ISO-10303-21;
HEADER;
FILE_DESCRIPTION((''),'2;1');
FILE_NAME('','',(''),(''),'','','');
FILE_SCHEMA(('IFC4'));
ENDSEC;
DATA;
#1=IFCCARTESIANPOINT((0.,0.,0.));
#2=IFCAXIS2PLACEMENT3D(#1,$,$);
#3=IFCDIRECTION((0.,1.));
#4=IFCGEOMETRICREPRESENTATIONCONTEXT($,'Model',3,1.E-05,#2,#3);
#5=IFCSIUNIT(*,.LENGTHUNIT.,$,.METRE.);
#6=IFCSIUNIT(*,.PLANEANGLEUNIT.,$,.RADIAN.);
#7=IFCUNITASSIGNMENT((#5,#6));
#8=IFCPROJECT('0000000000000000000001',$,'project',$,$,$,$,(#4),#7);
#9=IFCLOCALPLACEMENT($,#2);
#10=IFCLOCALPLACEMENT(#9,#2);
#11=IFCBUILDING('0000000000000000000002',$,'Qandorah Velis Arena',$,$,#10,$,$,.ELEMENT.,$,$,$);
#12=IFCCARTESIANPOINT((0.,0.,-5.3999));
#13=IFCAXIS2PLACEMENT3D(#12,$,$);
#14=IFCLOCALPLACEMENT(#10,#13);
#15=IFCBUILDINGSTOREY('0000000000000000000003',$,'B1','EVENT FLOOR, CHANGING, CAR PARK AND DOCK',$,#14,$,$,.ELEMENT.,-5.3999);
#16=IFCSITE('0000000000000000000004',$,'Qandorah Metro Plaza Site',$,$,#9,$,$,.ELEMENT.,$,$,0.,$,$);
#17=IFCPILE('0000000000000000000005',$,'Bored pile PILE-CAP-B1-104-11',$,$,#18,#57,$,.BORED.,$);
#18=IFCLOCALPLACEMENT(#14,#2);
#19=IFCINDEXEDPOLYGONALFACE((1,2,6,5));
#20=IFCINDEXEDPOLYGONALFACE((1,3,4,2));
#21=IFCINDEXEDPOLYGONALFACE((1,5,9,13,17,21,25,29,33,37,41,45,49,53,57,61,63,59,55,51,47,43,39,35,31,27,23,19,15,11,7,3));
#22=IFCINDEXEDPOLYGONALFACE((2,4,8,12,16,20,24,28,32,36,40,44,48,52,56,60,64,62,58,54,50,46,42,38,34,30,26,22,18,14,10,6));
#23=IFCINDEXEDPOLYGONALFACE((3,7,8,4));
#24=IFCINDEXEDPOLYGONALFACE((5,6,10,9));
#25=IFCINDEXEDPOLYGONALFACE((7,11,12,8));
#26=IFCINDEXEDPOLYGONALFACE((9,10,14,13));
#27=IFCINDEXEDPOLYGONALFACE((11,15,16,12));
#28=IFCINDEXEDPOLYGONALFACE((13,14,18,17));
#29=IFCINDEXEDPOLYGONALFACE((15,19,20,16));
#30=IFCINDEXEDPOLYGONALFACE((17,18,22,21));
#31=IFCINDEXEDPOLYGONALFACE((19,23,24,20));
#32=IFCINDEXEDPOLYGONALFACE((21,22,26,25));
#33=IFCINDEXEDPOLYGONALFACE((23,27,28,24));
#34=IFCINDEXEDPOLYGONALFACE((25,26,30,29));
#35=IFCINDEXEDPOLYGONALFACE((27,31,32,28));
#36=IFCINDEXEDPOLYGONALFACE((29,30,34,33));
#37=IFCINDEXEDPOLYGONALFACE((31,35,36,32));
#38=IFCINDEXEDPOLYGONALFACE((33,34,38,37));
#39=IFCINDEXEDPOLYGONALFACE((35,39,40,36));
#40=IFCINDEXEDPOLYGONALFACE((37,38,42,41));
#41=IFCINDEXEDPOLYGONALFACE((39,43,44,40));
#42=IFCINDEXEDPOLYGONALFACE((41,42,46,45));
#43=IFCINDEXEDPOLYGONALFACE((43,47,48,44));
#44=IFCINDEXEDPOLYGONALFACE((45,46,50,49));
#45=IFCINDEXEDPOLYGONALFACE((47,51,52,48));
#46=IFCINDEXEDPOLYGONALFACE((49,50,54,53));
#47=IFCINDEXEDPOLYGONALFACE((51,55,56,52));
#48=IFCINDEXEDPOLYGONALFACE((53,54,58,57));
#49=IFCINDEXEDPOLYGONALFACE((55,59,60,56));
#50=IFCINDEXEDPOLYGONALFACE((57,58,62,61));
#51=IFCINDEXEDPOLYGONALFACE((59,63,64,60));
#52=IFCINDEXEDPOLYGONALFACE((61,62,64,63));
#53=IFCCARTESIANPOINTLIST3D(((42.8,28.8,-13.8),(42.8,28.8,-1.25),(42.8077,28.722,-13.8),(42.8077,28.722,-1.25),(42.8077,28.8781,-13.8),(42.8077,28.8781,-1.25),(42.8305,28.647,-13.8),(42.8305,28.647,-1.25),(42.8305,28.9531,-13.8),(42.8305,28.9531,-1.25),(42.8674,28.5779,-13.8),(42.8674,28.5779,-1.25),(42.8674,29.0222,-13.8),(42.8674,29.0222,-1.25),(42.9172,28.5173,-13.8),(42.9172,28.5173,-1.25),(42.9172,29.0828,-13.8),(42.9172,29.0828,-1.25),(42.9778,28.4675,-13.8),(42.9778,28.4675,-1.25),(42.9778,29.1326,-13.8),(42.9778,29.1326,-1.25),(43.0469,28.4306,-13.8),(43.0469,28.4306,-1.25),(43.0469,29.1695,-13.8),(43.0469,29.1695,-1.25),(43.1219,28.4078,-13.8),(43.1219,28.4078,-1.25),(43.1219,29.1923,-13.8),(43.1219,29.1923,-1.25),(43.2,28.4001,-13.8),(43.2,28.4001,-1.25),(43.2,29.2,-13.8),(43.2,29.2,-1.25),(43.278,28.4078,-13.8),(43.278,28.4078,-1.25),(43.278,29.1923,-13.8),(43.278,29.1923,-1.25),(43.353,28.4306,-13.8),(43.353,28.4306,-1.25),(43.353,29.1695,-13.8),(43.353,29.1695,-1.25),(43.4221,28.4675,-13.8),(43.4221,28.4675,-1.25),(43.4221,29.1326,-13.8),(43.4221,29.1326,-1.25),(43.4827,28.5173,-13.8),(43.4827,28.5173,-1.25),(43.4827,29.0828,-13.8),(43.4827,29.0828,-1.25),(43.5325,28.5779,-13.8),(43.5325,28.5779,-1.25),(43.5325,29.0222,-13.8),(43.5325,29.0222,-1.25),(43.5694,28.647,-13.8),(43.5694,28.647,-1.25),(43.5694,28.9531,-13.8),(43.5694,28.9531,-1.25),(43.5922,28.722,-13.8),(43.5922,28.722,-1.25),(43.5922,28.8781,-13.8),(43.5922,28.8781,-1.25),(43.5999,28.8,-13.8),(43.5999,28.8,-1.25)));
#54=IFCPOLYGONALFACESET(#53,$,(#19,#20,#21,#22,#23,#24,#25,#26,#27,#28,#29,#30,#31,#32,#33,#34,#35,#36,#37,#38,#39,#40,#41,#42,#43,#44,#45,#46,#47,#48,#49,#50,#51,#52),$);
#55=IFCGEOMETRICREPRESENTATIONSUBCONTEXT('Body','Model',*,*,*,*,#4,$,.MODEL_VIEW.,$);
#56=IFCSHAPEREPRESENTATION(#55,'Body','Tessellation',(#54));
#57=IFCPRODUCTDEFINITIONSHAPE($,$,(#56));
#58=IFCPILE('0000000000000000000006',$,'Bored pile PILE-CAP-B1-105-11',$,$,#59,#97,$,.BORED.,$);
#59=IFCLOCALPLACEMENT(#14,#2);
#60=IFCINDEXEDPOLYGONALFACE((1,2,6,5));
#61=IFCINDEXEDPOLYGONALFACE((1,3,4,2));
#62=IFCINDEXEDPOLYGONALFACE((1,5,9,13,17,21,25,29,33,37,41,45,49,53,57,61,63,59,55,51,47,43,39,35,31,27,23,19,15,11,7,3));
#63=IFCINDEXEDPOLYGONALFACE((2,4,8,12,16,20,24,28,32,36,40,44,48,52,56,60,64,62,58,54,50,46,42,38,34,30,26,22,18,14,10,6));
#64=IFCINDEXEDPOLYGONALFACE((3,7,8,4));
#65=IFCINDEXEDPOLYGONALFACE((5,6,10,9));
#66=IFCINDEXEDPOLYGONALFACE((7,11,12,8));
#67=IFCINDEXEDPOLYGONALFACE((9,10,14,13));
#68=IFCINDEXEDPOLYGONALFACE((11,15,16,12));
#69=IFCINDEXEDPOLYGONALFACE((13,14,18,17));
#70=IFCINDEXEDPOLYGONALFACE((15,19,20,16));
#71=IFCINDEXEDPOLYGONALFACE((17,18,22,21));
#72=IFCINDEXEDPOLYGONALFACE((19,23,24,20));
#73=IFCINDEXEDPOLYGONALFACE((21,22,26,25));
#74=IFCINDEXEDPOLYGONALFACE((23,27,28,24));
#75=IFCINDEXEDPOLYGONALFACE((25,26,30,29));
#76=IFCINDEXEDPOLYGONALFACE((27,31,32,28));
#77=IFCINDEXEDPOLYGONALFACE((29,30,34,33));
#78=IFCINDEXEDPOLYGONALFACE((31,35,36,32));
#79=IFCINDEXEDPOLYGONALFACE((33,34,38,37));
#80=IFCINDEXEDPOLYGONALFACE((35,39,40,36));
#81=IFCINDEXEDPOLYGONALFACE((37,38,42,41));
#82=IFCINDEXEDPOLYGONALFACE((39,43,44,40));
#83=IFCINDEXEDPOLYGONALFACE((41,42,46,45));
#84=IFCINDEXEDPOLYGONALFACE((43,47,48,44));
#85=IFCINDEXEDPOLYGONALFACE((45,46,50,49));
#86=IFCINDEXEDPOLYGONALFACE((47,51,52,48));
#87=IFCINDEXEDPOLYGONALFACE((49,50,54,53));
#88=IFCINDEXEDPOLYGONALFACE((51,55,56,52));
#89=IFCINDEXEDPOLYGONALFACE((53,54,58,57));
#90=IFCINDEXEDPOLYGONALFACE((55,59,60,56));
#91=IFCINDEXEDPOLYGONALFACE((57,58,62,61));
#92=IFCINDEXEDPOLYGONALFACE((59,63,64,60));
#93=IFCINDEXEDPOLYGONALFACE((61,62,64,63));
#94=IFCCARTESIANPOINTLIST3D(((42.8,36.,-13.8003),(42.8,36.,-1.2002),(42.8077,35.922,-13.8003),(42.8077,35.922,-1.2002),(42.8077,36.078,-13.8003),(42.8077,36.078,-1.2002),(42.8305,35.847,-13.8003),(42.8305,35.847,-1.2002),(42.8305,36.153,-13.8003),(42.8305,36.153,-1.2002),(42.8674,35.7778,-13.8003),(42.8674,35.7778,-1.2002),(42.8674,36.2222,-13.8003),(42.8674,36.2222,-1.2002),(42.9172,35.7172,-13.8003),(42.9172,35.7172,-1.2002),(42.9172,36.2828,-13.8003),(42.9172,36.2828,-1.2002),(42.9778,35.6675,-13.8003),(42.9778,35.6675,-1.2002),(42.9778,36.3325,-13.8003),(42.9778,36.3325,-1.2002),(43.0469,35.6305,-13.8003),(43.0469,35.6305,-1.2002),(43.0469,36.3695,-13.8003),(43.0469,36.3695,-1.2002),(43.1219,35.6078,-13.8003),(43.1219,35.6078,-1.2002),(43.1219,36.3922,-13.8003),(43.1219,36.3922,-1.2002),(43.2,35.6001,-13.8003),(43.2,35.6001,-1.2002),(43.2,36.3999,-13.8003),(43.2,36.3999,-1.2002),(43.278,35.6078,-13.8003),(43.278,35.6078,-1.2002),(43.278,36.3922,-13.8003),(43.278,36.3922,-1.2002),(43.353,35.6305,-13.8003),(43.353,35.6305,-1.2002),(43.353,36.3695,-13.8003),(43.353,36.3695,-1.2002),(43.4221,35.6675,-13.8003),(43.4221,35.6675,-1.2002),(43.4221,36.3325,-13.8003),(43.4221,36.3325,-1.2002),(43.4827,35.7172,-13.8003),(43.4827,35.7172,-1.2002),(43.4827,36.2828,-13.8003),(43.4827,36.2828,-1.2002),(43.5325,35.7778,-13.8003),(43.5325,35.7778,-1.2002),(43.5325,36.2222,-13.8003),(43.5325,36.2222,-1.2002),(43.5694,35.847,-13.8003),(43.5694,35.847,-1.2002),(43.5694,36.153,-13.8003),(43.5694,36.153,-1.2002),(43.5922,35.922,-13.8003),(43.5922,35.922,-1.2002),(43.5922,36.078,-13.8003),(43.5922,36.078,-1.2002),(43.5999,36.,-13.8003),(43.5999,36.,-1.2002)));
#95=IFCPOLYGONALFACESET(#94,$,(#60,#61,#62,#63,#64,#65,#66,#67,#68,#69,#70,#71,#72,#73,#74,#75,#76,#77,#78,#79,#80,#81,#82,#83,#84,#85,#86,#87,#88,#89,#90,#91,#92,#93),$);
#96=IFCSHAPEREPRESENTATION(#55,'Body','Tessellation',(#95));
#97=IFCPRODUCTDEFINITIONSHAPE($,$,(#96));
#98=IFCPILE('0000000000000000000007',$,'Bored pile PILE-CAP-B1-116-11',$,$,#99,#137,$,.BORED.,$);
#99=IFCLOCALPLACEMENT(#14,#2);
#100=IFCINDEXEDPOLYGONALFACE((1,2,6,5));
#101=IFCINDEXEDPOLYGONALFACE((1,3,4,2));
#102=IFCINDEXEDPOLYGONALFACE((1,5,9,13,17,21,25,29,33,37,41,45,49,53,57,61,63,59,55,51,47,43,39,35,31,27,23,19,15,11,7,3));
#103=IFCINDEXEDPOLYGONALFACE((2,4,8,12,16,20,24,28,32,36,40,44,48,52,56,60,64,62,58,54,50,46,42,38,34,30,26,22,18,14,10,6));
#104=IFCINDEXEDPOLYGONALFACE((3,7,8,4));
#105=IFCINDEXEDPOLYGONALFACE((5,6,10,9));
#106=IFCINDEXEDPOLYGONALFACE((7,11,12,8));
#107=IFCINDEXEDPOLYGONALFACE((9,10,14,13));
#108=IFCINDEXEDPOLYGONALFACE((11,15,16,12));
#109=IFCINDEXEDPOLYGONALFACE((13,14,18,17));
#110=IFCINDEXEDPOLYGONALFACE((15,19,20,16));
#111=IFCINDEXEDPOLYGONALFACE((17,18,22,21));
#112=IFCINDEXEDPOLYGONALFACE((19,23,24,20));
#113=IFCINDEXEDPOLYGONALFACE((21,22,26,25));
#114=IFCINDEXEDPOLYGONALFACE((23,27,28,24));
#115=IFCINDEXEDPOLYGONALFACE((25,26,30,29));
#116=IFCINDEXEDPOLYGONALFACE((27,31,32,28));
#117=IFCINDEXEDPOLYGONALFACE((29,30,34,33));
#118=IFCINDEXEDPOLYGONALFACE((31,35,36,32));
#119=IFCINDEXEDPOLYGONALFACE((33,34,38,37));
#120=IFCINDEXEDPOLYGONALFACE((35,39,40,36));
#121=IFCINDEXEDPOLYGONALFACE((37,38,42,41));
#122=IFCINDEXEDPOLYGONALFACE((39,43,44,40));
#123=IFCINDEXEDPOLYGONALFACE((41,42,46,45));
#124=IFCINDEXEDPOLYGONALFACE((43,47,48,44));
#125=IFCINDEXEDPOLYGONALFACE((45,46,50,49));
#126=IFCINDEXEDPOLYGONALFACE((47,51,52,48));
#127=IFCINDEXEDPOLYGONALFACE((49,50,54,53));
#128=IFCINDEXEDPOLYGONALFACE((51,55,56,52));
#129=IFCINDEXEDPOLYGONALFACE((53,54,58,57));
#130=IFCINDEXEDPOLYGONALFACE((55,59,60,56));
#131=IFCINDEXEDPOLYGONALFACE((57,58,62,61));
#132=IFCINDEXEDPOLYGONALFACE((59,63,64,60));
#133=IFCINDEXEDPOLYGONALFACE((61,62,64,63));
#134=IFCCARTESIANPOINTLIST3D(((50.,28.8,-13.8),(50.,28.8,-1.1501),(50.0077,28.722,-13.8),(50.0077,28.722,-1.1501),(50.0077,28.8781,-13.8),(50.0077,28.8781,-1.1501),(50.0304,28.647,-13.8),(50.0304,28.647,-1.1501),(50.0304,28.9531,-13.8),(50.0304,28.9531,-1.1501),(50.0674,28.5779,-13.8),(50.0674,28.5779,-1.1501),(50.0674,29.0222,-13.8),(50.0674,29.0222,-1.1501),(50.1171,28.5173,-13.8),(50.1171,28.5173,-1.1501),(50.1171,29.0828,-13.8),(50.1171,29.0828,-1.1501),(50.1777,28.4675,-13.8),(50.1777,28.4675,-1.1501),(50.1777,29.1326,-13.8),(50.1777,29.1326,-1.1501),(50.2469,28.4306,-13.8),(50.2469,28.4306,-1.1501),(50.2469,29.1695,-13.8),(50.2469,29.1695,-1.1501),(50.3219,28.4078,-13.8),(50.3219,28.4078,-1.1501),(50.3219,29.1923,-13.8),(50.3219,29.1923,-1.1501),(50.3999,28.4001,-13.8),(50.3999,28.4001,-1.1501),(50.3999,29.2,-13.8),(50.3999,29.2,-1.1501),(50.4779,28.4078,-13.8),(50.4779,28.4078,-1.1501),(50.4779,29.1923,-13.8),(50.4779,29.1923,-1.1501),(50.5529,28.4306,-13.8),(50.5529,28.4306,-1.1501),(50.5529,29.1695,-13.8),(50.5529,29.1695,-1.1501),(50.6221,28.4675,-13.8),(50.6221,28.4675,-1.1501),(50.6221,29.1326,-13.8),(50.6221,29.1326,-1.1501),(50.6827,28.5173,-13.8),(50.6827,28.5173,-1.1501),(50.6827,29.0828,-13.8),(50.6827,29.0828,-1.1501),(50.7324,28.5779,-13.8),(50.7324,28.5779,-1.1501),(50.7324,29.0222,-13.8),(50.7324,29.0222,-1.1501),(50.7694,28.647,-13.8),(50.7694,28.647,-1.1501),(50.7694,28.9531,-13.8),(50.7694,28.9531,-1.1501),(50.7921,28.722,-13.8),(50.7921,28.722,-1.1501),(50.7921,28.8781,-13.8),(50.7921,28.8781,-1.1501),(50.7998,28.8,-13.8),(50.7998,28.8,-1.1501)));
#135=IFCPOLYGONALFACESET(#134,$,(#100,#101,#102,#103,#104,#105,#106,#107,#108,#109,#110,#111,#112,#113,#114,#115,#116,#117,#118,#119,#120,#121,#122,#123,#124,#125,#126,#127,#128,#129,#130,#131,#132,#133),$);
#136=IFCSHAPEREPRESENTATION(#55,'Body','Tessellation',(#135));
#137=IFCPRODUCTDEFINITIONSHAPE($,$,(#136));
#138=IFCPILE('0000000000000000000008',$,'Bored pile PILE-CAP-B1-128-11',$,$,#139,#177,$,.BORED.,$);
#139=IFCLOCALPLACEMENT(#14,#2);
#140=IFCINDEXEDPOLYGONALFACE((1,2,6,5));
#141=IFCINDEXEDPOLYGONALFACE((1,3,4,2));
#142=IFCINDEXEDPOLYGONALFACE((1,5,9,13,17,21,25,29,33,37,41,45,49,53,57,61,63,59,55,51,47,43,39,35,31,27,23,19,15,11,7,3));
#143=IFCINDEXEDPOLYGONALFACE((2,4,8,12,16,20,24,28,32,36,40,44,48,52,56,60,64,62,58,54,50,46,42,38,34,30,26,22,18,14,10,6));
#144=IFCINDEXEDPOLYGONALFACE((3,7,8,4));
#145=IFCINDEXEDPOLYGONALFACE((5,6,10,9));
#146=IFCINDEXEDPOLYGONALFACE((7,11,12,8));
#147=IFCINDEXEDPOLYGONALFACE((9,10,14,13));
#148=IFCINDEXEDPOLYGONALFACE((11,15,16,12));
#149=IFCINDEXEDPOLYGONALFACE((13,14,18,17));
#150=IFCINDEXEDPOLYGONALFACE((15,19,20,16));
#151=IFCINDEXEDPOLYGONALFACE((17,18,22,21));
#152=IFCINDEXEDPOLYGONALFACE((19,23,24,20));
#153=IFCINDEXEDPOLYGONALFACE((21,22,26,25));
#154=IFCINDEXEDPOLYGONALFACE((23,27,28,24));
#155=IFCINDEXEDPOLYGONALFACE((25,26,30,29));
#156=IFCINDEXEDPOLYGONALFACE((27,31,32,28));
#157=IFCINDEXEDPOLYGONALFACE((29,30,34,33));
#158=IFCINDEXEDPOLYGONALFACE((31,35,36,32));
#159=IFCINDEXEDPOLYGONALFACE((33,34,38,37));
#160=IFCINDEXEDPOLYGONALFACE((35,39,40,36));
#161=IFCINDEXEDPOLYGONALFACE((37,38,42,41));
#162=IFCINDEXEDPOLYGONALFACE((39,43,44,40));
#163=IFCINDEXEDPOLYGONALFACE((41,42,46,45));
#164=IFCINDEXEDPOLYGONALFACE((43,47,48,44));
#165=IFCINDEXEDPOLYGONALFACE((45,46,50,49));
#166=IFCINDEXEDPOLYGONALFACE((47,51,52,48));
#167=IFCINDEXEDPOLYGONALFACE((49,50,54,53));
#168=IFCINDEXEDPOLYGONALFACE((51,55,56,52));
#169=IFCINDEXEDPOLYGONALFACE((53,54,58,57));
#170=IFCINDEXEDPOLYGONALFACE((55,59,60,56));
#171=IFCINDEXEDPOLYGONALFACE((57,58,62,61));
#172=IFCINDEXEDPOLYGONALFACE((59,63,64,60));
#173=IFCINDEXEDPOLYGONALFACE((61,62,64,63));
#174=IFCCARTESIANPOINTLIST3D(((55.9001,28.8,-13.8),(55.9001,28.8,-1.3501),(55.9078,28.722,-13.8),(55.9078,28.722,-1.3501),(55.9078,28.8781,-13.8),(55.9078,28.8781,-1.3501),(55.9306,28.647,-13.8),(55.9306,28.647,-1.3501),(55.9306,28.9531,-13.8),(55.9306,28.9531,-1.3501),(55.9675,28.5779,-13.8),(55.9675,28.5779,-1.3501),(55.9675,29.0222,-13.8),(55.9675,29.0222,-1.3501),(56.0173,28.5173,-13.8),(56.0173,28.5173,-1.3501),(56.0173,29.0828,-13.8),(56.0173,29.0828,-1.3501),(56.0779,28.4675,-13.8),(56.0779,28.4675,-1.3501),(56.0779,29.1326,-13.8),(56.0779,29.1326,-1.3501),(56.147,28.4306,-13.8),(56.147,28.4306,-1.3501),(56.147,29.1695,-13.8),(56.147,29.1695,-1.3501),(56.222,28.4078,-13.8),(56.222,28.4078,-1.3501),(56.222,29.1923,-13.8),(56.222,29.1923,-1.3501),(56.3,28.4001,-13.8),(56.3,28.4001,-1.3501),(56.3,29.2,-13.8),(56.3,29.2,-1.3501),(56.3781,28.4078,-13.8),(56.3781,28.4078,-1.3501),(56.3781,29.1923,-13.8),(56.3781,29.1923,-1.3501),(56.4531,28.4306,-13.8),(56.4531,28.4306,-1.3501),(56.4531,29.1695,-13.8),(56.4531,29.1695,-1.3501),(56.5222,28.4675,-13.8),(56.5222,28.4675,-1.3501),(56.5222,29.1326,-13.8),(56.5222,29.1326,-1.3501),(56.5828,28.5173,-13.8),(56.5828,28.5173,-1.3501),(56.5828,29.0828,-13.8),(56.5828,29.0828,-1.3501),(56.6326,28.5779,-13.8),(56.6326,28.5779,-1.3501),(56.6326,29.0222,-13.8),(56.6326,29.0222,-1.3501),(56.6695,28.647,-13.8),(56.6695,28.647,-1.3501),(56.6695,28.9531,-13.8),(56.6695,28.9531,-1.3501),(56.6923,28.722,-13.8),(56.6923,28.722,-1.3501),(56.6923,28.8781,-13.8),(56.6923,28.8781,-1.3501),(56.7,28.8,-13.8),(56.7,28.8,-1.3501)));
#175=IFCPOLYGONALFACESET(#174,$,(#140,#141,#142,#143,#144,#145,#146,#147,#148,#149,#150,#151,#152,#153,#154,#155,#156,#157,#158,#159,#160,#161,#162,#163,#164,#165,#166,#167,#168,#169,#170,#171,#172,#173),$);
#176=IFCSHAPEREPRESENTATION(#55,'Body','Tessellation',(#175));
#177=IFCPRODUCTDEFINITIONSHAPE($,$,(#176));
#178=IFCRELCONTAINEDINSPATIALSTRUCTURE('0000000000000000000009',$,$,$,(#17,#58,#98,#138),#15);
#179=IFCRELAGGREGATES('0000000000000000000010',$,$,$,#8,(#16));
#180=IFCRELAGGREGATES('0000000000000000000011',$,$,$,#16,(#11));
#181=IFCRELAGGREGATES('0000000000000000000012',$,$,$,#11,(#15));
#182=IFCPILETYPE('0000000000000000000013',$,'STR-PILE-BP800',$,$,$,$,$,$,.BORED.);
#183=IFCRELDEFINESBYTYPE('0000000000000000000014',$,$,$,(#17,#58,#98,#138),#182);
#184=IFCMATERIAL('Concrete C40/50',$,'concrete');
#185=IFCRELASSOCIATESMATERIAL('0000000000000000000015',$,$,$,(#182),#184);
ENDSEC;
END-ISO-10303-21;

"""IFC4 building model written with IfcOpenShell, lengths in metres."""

from ifc_helpers import new_model, si_unit, direction, frame, origin, origin_2d, place, context, subcontext, project, spatial, circle, extrude, material, material_profile, profile_set, type_object, element, save


model = new_model("IFC4")

# Units and contexts
model_context = context("Model", 3, precision=1e-05, world=origin(), true_north=direction((0.0, 1.0)))
body_context = subcontext(model_context, "Body", "Model", "MODEL_VIEW")
ifc_project = project(units=[si_unit("LENGTHUNIT", "METRE"), si_unit("PLANEANGLEUNIT", "RADIAN")], contexts=[model_context])

# Site, building, storey
site_placement = place(None, origin())
site = spatial("IfcSite", under=ifc_project, at=site_placement, Name="Qandorah Metro Plaza Site", CompositionType="ELEMENT", RefElevation=0.0)
building_placement = place(site_placement, origin())
building = spatial("IfcBuilding", under=site, at=building_placement, Name="Qandorah Velis Arena", CompositionType="ELEMENT")
storey_placement = place(building_placement, frame((0.0, 0.0, -5.3999)))
storey = spatial("IfcBuildingStorey", under=building, at=storey_placement, Name="B1", Description="EVENT FLOOR, CHANGING, CAR PARK AND DOCK", CompositionType="ELEMENT", Elevation=-5.3999)

# Shared definitions
ifc_material_1 = material(Name="Concrete C40/50", Category="concrete")

# Piles
ifc_material_profile_1 = material_profile(ifc_material_1, circle(Radius=0.3999, at=origin_2d()), Name="BORED PILE D800")
ifc_profile_set_1 = profile_set([ifc_material_profile_1], Name="Concrete C40/50")
pile_type = type_object("IfcPileType", Name="STR-PILE-BP800", PredefinedType="BORED", material=ifc_profile_set_1)
pile_1_placement = place(storey_placement, frame((43.2, 28.8, -1.25), z_axis=(0.0, 0.0, -1.0), x_axis=(1.0, 0.0, 0.0)))
element("IfcPile", 1, at=pile_1_placement, inside=storey, type_object=pile_type, Name="Bored pile PILE-CAP-B1-104-11", PredefinedType="BORED", context=body_context, shape_type="SweptSolid", body=[
    extrude(circle(Radius=0.3999, at=origin_2d()), origin(), (0.0, 0.0, 1.0), 12.55),
])
pile_2_placement = place(storey_placement, frame((43.2, 36.0, -1.2002), z_axis=(0.0, 0.0, -1.0), x_axis=(1.0, 0.0, 0.0)))
element("IfcPile", 2, at=pile_2_placement, inside=storey, type_object=pile_type, Name="Bored pile PILE-CAP-B1-105-11", PredefinedType="BORED", context=body_context, shape_type="SweptSolid", body=[
    extrude(circle(Radius=0.3999, at=origin_2d()), origin(), (0.0, 0.0, 1.0), 12.6001),
])
pile_3_placement = place(storey_placement, frame((50.3999, 28.8, -1.1501), z_axis=(0.0, 0.0, -1.0), x_axis=(1.0, 0.0, 0.0)))
element("IfcPile", 3, at=pile_3_placement, inside=storey, type_object=pile_type, Name="Bored pile PILE-CAP-B1-116-11", PredefinedType="BORED", context=body_context, shape_type="SweptSolid", body=[
    extrude(circle(Radius=0.3999, at=origin_2d()), origin(), (0.0, 0.0, 1.0), 12.6499),
])
for number, where, z_axis, x_axis, name in (
    (4, (56.3, 28.8, -1.3501), (0.0, 0.0, -1.0), (1.0, 0.0, 0.0), "Bored pile PILE-CAP-B1-128-11"),
):
    element("IfcPile", number, at=place(storey_placement, frame(where, z_axis=z_axis, x_axis=x_axis)), inside=storey, type_object=pile_type, Name=name, PredefinedType="BORED", context=body_context, shape_type="SweptSolid", body=[
        extrude(circle(Radius=0.3999, at=origin_2d()), origin(), (0.0, 0.0, 1.0), 12.45),
    ])

save(model, "model.ifc")
